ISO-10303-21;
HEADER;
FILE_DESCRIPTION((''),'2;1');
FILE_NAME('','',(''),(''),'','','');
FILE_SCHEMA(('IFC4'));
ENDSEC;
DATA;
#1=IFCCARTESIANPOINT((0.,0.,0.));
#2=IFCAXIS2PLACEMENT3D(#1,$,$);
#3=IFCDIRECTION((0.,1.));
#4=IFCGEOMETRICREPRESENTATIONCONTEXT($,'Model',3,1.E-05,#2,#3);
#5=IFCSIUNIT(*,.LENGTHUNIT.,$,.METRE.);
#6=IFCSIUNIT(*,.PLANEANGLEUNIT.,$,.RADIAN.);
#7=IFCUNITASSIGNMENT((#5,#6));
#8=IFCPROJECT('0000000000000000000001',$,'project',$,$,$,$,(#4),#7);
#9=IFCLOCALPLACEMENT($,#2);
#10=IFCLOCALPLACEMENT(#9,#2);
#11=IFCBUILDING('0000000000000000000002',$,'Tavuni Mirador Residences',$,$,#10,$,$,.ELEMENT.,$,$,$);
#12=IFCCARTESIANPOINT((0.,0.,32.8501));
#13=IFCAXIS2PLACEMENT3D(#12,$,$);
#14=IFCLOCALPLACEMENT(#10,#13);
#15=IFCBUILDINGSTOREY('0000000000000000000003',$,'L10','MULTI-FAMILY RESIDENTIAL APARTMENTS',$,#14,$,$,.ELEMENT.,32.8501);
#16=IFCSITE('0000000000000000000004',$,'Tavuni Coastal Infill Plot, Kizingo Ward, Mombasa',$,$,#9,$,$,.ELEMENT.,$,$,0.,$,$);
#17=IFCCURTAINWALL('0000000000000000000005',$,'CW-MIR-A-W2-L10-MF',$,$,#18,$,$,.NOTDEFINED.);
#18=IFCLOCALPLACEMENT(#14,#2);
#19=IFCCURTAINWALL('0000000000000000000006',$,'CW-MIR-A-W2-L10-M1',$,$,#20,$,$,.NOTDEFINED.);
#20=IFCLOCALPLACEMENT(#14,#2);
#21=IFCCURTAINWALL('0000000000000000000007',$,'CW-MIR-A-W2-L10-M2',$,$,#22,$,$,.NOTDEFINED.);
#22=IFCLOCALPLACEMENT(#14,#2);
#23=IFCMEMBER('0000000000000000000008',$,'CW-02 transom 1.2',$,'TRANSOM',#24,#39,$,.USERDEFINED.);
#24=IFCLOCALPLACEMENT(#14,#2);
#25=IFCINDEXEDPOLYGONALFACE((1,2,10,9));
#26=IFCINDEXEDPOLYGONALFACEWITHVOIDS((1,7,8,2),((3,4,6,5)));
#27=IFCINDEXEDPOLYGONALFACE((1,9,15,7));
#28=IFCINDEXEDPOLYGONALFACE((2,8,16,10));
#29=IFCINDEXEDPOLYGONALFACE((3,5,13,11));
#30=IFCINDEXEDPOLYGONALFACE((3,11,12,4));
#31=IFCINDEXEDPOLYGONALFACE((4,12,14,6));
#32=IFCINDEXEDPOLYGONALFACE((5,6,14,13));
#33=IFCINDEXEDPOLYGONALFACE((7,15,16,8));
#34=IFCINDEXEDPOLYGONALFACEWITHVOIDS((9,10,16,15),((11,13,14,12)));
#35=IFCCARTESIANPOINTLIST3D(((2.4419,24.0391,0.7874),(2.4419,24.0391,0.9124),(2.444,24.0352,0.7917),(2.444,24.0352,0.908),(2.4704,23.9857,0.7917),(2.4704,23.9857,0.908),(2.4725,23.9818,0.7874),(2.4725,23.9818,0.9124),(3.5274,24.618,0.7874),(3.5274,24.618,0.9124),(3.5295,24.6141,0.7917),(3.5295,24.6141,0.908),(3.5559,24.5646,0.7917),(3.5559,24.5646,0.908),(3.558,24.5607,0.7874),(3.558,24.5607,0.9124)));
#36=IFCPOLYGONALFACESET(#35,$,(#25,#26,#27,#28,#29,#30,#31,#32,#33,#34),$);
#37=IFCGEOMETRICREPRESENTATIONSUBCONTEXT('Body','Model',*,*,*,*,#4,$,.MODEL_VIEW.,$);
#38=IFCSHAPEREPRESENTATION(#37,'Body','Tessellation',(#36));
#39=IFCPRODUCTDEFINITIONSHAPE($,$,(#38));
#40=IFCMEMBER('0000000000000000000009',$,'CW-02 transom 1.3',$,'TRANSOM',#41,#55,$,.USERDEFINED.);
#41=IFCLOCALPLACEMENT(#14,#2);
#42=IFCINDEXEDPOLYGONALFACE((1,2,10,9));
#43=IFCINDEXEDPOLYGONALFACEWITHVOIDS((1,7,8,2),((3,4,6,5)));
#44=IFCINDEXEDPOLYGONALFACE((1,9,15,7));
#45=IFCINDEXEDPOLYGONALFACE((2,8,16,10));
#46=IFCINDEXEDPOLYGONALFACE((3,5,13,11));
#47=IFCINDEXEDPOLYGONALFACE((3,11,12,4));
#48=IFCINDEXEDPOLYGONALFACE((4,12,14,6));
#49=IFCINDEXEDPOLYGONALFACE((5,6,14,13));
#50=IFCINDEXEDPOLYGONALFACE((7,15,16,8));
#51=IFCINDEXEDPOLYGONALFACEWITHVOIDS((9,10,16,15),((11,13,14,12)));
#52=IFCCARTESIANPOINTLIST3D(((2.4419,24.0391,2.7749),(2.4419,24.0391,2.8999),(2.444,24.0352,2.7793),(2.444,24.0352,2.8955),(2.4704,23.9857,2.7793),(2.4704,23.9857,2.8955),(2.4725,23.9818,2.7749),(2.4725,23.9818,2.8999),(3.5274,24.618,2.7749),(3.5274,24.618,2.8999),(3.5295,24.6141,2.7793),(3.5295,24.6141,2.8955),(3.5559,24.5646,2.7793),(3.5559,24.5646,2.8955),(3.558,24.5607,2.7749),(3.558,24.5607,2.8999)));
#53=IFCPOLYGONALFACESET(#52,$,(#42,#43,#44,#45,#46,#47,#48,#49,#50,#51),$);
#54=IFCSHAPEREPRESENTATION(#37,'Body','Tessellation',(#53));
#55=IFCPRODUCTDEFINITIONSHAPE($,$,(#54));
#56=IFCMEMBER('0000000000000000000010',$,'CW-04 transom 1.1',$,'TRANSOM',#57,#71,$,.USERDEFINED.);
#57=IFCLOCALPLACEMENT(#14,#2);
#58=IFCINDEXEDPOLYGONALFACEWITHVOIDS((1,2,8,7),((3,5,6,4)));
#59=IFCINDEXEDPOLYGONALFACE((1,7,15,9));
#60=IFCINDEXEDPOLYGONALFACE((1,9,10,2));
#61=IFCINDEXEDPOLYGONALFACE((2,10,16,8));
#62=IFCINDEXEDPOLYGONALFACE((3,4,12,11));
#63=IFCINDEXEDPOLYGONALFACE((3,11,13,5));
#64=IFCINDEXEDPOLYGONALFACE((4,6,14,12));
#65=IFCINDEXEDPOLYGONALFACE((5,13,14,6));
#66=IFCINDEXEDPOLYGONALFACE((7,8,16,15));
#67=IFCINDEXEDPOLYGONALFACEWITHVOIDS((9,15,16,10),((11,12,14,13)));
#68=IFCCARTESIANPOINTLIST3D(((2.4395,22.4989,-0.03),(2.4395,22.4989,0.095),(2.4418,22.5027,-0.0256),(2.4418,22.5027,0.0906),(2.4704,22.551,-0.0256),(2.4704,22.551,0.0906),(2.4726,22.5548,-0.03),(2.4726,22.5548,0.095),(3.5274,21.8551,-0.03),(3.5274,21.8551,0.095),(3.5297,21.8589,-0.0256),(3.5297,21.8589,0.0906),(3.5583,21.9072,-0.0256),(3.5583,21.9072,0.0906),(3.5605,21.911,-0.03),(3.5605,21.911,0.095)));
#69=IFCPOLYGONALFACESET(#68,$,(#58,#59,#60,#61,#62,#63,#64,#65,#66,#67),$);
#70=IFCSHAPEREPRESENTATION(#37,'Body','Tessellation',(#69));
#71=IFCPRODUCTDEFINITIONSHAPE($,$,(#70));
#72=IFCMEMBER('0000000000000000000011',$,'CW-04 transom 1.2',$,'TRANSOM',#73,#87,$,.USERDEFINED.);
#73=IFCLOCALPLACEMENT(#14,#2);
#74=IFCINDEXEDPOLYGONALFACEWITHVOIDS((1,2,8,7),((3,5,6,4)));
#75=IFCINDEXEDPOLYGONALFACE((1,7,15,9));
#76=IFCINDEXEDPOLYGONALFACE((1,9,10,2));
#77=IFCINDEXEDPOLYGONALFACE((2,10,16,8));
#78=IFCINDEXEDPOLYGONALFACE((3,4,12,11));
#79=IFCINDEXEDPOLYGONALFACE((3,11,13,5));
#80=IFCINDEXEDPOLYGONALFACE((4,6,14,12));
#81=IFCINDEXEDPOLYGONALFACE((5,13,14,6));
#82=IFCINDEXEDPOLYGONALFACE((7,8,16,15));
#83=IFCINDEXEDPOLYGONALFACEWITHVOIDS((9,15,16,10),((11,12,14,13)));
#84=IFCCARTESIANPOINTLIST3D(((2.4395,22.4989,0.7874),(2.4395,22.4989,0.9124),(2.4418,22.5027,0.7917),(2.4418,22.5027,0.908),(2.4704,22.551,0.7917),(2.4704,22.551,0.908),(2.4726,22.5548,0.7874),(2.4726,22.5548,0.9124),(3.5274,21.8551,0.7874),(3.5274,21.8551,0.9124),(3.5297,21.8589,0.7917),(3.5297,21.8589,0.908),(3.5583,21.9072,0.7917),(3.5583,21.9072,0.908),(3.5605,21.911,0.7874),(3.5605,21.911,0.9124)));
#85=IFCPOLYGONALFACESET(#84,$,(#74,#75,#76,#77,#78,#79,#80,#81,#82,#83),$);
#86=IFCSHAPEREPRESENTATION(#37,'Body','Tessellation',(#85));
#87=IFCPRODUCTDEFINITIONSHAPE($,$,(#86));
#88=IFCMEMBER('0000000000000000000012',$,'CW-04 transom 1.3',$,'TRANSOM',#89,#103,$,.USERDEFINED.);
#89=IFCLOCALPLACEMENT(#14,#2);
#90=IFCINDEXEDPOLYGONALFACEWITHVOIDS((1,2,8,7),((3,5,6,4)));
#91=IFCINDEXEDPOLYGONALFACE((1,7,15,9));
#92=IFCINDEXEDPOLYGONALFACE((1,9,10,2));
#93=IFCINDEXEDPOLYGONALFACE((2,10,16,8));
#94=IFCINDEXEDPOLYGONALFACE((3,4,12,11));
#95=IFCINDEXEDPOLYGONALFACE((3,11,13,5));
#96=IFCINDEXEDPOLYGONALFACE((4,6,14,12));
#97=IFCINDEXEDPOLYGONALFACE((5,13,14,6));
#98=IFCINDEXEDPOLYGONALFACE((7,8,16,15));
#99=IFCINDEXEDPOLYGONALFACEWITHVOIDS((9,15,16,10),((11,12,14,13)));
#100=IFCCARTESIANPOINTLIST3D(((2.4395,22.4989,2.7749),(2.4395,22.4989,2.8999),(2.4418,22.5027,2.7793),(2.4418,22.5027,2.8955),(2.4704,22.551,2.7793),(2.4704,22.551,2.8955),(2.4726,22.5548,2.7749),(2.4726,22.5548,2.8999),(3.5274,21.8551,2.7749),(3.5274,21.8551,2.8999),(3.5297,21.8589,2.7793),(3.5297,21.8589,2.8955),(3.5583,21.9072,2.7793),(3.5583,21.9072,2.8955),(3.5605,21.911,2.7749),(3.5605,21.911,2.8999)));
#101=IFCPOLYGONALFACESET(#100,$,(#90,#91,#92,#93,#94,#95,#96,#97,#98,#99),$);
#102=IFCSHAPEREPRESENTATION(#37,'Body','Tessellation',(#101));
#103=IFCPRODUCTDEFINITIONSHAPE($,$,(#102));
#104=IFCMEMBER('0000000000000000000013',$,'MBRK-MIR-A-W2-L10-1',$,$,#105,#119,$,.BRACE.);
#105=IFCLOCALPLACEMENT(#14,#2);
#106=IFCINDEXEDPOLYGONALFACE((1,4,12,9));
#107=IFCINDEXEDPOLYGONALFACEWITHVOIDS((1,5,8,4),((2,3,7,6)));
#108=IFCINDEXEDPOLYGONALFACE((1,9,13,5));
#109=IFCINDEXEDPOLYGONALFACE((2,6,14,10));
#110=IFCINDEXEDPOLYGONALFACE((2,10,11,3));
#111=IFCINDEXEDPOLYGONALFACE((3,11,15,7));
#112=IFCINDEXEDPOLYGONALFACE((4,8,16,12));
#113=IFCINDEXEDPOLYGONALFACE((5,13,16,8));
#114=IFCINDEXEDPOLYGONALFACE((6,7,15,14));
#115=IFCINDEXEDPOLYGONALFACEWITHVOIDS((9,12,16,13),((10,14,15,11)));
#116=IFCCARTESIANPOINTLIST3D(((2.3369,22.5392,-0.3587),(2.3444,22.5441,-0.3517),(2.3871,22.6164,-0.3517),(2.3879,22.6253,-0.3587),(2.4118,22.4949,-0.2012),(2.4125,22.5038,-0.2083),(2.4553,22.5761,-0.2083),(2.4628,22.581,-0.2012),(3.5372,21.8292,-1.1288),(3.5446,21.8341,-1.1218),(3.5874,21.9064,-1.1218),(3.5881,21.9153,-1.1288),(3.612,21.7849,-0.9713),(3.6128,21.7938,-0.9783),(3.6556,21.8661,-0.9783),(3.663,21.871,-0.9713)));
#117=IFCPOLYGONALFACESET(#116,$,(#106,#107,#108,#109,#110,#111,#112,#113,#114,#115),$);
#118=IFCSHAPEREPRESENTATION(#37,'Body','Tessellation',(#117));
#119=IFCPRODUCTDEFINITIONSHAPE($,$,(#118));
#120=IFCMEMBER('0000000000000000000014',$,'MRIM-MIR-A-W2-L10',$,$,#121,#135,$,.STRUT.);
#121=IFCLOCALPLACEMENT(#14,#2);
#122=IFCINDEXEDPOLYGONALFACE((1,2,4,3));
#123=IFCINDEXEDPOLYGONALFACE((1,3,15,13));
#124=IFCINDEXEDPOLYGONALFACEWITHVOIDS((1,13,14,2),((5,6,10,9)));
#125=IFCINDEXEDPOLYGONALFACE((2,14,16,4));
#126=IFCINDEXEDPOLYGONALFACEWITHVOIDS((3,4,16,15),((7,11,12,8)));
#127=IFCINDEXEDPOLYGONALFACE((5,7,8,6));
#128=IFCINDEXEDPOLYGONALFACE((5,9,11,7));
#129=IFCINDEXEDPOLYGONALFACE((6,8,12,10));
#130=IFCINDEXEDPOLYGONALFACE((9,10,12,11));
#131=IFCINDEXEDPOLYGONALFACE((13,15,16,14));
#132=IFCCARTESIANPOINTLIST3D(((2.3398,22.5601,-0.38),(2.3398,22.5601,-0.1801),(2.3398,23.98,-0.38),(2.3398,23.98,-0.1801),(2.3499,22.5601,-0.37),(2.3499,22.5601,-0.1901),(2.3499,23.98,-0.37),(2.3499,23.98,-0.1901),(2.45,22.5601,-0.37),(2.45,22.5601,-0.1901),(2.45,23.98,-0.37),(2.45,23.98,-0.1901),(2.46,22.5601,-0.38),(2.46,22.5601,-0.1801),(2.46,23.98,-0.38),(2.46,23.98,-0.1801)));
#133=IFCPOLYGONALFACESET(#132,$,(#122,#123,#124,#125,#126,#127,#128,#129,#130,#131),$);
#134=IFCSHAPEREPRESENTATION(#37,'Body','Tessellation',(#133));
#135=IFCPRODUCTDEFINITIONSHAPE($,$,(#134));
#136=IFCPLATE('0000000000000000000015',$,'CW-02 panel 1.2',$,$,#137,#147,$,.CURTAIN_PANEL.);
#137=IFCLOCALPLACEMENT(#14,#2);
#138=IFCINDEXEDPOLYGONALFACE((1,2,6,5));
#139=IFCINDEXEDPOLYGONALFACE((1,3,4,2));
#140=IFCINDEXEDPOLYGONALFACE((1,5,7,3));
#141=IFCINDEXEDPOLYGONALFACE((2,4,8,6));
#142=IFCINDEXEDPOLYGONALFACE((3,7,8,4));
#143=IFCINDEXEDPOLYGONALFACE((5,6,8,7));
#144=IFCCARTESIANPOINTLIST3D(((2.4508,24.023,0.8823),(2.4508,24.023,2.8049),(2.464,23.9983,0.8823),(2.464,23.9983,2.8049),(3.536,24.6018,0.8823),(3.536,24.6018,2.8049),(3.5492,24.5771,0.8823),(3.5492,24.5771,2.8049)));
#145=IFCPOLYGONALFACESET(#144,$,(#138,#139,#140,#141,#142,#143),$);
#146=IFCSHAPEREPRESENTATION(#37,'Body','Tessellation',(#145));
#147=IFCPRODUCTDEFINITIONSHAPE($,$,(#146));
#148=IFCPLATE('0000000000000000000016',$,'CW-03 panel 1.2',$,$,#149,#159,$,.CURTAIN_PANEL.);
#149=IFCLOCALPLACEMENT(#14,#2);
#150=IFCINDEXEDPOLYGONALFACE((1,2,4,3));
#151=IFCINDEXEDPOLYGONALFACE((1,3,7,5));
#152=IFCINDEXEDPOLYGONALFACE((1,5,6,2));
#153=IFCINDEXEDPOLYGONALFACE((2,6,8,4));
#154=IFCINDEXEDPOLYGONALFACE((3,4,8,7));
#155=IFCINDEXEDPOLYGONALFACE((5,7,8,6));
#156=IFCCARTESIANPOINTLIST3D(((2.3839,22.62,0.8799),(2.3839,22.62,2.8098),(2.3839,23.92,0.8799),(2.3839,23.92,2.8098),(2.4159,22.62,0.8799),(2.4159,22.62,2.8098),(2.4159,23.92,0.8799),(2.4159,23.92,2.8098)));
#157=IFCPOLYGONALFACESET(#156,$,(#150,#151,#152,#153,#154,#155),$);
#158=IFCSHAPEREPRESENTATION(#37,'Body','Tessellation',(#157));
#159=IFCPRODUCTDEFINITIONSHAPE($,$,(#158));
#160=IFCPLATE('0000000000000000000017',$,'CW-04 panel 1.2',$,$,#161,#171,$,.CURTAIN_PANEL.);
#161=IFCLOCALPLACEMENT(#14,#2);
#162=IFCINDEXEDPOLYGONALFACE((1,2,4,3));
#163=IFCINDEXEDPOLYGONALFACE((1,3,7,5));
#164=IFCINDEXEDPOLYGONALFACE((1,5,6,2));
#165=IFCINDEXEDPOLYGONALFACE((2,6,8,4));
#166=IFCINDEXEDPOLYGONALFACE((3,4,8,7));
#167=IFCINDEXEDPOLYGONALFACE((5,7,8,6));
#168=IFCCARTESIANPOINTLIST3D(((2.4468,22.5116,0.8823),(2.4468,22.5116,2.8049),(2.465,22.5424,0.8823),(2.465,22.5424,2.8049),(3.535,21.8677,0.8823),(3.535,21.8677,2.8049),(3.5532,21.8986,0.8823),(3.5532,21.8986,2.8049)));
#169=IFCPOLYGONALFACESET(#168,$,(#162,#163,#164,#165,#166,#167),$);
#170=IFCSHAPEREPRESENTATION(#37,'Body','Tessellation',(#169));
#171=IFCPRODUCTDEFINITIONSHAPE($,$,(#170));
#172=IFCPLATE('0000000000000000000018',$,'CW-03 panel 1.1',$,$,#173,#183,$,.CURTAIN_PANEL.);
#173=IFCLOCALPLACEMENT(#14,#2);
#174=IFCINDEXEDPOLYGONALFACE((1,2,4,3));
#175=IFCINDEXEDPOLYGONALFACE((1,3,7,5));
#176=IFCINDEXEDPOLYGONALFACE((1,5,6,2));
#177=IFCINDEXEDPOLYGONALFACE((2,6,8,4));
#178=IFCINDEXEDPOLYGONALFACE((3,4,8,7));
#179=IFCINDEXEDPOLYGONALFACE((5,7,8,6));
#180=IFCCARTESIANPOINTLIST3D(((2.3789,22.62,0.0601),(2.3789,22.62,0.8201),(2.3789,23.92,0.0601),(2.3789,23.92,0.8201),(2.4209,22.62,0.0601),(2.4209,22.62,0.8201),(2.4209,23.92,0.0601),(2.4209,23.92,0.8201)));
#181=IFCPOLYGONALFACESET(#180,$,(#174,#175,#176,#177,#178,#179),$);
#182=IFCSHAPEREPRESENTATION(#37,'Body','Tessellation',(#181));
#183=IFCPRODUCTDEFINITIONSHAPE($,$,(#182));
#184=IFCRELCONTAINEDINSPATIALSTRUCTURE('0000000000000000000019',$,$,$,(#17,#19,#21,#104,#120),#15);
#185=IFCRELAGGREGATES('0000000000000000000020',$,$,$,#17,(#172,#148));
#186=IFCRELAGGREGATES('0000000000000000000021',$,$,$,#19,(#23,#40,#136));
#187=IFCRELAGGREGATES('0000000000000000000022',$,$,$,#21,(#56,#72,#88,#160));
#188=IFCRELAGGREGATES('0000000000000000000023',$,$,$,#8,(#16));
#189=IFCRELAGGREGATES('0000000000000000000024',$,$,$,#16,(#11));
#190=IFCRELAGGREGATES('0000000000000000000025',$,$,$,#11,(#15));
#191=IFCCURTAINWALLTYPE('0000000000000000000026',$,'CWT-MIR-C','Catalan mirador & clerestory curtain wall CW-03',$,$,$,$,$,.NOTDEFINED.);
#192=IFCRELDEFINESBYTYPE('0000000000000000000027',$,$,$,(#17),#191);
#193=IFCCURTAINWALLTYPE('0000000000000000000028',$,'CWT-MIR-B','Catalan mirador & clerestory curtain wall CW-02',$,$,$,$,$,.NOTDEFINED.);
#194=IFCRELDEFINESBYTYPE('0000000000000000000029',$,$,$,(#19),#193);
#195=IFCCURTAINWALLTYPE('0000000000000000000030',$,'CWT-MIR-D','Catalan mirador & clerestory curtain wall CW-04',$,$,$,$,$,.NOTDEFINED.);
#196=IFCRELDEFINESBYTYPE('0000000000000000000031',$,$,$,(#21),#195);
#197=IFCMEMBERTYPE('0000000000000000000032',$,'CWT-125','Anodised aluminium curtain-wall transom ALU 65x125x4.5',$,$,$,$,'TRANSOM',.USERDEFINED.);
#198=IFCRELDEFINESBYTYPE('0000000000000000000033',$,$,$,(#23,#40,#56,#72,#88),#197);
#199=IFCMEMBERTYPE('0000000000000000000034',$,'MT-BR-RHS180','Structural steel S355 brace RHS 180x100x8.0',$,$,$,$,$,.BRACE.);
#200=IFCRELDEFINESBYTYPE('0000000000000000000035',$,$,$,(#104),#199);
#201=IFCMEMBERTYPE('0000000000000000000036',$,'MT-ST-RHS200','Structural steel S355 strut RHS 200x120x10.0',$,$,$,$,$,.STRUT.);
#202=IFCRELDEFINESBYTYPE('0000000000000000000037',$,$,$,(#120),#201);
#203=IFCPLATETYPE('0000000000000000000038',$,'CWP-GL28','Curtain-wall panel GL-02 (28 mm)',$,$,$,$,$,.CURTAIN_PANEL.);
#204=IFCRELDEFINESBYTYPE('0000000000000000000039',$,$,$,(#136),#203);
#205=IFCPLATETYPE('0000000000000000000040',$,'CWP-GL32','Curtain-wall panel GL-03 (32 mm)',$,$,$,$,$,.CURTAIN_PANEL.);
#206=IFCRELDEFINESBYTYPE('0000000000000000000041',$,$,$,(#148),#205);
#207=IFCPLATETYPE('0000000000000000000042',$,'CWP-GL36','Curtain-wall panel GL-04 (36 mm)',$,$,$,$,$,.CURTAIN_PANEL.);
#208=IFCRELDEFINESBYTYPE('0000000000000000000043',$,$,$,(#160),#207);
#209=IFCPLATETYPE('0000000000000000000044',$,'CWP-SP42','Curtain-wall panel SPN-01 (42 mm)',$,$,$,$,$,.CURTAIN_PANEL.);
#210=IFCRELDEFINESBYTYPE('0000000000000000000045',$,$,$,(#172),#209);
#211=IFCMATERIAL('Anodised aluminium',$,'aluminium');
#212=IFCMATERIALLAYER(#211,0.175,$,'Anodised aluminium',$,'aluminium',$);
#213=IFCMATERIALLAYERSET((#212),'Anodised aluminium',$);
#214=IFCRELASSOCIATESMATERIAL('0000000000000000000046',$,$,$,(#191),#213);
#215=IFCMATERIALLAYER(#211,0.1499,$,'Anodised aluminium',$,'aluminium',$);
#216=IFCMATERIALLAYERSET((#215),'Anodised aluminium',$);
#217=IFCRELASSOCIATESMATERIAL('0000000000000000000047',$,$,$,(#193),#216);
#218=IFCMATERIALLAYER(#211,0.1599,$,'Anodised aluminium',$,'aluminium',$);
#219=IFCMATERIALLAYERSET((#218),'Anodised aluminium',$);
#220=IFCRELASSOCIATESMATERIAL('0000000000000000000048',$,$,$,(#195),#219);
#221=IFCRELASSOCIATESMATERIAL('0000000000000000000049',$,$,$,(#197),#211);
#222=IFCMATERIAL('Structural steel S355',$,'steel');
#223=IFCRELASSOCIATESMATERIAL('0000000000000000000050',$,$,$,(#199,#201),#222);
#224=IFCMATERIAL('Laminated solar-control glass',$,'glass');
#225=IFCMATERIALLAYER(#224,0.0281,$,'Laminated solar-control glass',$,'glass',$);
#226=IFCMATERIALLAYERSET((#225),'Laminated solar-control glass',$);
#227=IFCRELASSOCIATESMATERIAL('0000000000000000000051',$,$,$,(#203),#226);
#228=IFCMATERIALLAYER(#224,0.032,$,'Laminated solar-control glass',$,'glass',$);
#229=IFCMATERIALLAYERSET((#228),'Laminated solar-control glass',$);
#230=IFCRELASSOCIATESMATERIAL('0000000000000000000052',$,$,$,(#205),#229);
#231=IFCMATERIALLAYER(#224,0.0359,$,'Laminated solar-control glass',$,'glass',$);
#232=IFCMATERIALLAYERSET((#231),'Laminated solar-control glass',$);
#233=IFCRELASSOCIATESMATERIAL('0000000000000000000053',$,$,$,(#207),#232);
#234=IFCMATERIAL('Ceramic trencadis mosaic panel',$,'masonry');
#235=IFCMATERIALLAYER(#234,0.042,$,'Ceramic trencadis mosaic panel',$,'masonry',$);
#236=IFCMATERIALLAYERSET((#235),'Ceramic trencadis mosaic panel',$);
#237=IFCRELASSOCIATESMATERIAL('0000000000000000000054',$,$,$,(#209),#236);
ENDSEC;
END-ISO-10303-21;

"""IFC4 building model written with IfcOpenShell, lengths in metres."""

from ifc_helpers import new_model, si_unit, direction, frame, origin, origin_2d, place, context, subcontext, project, spatial, rectangle, hollow_rectangle, extrude, material, layer, layer_set, material_profile, profile_set, type_object, element, aggregate, save


model = new_model("IFC4")

# Units and contexts
model_context = context("Model", 3, precision=1e-05, world=origin(), true_north=direction((0.0, 1.0)))
body_context = subcontext(model_context, "Body", "Model", "MODEL_VIEW")
ifc_project = project(units=[si_unit("LENGTHUNIT", "METRE"), si_unit("PLANEANGLEUNIT", "RADIAN")], contexts=[model_context])

# Site, building, storey
site_placement = place(None, origin())
site = spatial("IfcSite", under=ifc_project, at=site_placement, Name="Tavuni Coastal Infill Plot, Kizingo Ward, Mombasa", CompositionType="ELEMENT", RefElevation=0.0)
building_placement = place(site_placement, origin())
building = spatial("IfcBuilding", under=site, at=building_placement, Name="Tavuni Mirador Residences", CompositionType="ELEMENT")
storey_placement = place(building_placement, frame((0.0, 0.0, 32.8501)))
storey = spatial("IfcBuildingStorey", under=building, at=storey_placement, Name="L10", Description="MULTI-FAMILY RESIDENTIAL APARTMENTS", CompositionType="ELEMENT", Elevation=32.8501)

# Curtain walls
ifc_material_1 = material(Name="Anodised aluminium", Category="aluminium")
ifc_layer_1 = layer(ifc_material_1, 0.175, Name="Anodised aluminium", Category="aluminium")
ifc_layer_set_1 = layer_set([ifc_layer_1], Name="Anodised aluminium")
curtain_wall_type_1 = type_object("IfcCurtainWallType", Name="CWT-MIR-C", Description="Catalan mirador & clerestory curtain wall CW-03", PredefinedType="NOTDEFINED", material=ifc_layer_set_1)
curtain_wall_1_placement = place(storey_placement, origin())
curtain_wall_1 = element("IfcCurtainWall", 1, at=curtain_wall_1_placement, inside=storey, type_object=curtain_wall_type_1, Name="CW-MIR-A-W2-L10-MF", PredefinedType="NOTDEFINED")
ifc_layer_2 = layer(ifc_material_1, 0.1499, Name="Anodised aluminium", Category="aluminium")
ifc_layer_set_2 = layer_set([ifc_layer_2], Name="Anodised aluminium")
curtain_wall_type_2 = type_object("IfcCurtainWallType", Name="CWT-MIR-B", Description="Catalan mirador & clerestory curtain wall CW-02", PredefinedType="NOTDEFINED", material=ifc_layer_set_2)
curtain_wall_2_placement = place(storey_placement, origin())
curtain_wall_2 = element("IfcCurtainWall", 2, at=curtain_wall_2_placement, inside=storey, type_object=curtain_wall_type_2, Name="CW-MIR-A-W2-L10-M1", PredefinedType="NOTDEFINED")
ifc_layer_3 = layer(ifc_material_1, 0.1599, Name="Anodised aluminium", Category="aluminium")
ifc_layer_set_3 = layer_set([ifc_layer_3], Name="Anodised aluminium")
curtain_wall_type_3 = type_object("IfcCurtainWallType", Name="CWT-MIR-D", Description="Catalan mirador & clerestory curtain wall CW-04", PredefinedType="NOTDEFINED", material=ifc_layer_set_3)
curtain_wall_3_placement = place(storey_placement, origin())
curtain_wall_3 = element("IfcCurtainWall", 3, at=curtain_wall_3_placement, inside=storey, type_object=curtain_wall_type_3, Name="CW-MIR-A-W2-L10-M2", PredefinedType="NOTDEFINED")

# Members
ifc_material_profile_1 = material_profile(ifc_material_1, hollow_rectangle(XDim=0.0649, YDim=0.125, WallThickness=0.0044, at=origin_2d()), Name="ALU 65x125x4.5", Category="aluminium")
ifc_profile_set_1 = profile_set([ifc_material_profile_1], Name="Anodised aluminium")
member_type_1 = type_object("IfcMemberType", Name="CWT-125", Description="Anodised aluminium curtain-wall transom ALU 65x125x4.5", ElementType="TRANSOM", PredefinedType="USERDEFINED", material=ifc_profile_set_1)
member_1_placement = place(storey_placement, frame((3.5427, 24.5894, 0.8499), z_axis=(-0.882369, -0.470557, 0.0), x_axis=(0.470557, -0.882369, 0.0)))
member_1 = element("IfcMember", 4, at=member_1_placement, type_object=member_type_1, Name="CW-02 transom 1.2", ObjectType="TRANSOM", PredefinedType="USERDEFINED", context=body_context, shape_type="SweptSolid", body=[
    extrude(hollow_rectangle(XDim=0.0649, YDim=0.125, WallThickness=0.0044, at=origin_2d()), origin(), (0.0, 0.0, 1.0), 1.2302),
])
member_2_placement = place(storey_placement, frame((3.5427, 24.5894, 2.8374), z_axis=(-0.882369, -0.470557, 0.0), x_axis=(0.470557, -0.882369, 0.0)))
member_2 = element("IfcMember", 5, at=member_2_placement, type_object=member_type_1, Name="CW-02 transom 1.3", ObjectType="TRANSOM", PredefinedType="USERDEFINED", context=body_context, shape_type="SweptSolid", body=[
    extrude(hollow_rectangle(XDim=0.0649, YDim=0.125, WallThickness=0.0044, at=origin_2d()), origin(), (0.0, 0.0, 1.0), 1.2302),
])
member_3_placement = place(storey_placement, frame((2.4561, 22.5269, 0.0325), z_axis=(0.860596, -0.509289, 0.0), x_axis=(0.509289, 0.860596, 0.0)))
member_3 = element("IfcMember", 6, at=member_3_placement, type_object=member_type_1, Name="CW-04 transom 1.1", ObjectType="TRANSOM", PredefinedType="USERDEFINED", context=body_context, shape_type="SweptSolid", body=[
    extrude(hollow_rectangle(XDim=0.0649, YDim=0.125, WallThickness=0.0044, at=origin_2d()), origin(), (0.0, 0.0, 1.0), 1.2642),
])
member_4_placement = place(storey_placement, frame((2.4561, 22.5269, 0.8499), z_axis=(0.860596, -0.509289, 0.0), x_axis=(0.509289, 0.860596, 0.0)))
member_4 = element("IfcMember", 7, at=member_4_placement, type_object=member_type_1, Name="CW-04 transom 1.2", ObjectType="TRANSOM", PredefinedType="USERDEFINED", context=body_context, shape_type="SweptSolid", body=[
    extrude(hollow_rectangle(XDim=0.0649, YDim=0.125, WallThickness=0.0044, at=origin_2d()), origin(), (0.0, 0.0, 1.0), 1.2642),
])
member_5_placement = place(storey_placement, frame((2.4561, 22.5269, 2.8374), z_axis=(0.860596, -0.509289, 0.0), x_axis=(0.509289, 0.860596, 0.0)))
member_5 = element("IfcMember", 8, at=member_5_placement, type_object=member_type_1, Name="CW-04 transom 1.3", ObjectType="TRANSOM", PredefinedType="USERDEFINED", context=body_context, shape_type="SweptSolid", body=[
    extrude(hollow_rectangle(XDim=0.0649, YDim=0.125, WallThickness=0.0044, at=origin_2d()), origin(), (0.0, 0.0, 1.0), 1.2642),
])

# Members
ifc_material_2 = material(Name="Structural steel S355", Category="steel")
ifc_material_profile_2 = material_profile(ifc_material_2, hollow_rectangle(XDim=0.1001, YDim=0.1799, WallThickness=0.0081, at=origin_2d()), Name="RHS 180x100x8.0", Category="steel")
ifc_profile_set_2 = profile_set([ifc_material_profile_2], Name="Structural steel S355")
member_type_2 = type_object("IfcMemberType", Name="MT-BR-RHS180", Description="Structural steel S355 brace RHS 180x100x8.0", PredefinedType="BRACE", material=ifc_profile_set_2)
member_6_placement = place(storey_placement, frame((3.6001, 21.8501, -1.05), z_axis=(-0.753449, 0.445693, 0.483397), x_axis=(-0.50913, -0.860689, 0.0)))
element("IfcMember", 9, at=member_6_placement, inside=storey, type_object=member_type_2, Name="MBRK-MIR-A-W2-L10-1", PredefinedType="BRACE", context=body_context, shape_type="SweptSolid", body=[
    extrude(hollow_rectangle(XDim=0.1001, YDim=0.1799, WallThickness=0.0081, at=origin_2d()), origin(), (0.0, 0.0, 1.0), 1.593),
])
ifc_material_profile_3 = material_profile(ifc_material_2, hollow_rectangle(XDim=0.1201, YDim=0.2, WallThickness=0.01, at=origin_2d()), Name="RHS 200x120x10.0", Category="steel")
ifc_profile_set_3 = profile_set([ifc_material_profile_3], Name="Structural steel S355")
member_type_3 = type_object("IfcMemberType", Name="MT-ST-RHS200", Description="Structural steel S355 strut RHS 200x120x10.0", PredefinedType="STRUT", material=ifc_profile_set_3)
member_7_placement = place(storey_placement, frame((2.3999, 22.5601, -0.28), z_axis=(0.0, 1.0, 0.0), x_axis=(-1.0, 0.0, 0.0)))
element("IfcMember", 10, at=member_7_placement, inside=storey, type_object=member_type_3, Name="MRIM-MIR-A-W2-L10", PredefinedType="STRUT", context=body_context, shape_type="SweptSolid", body=[
    extrude(hollow_rectangle(XDim=0.1201, YDim=0.2, WallThickness=0.01, at=origin_2d()), origin(), (0.0, 0.0, 1.0), 1.4199),
])

# Plates
ifc_material_3 = material(Name="Laminated solar-control glass", Category="glass")
ifc_layer_4 = layer(ifc_material_3, 0.0281, Name="Laminated solar-control glass", Category="glass")
ifc_layer_set_4 = layer_set([ifc_layer_4], Name="Laminated solar-control glass")
plate_type_1 = type_object("IfcPlateType", Name="CWP-GL28", Description="Curtain-wall panel GL-02 (28 mm)", PredefinedType="CURTAIN_PANEL", material=ifc_layer_set_4)
plate_1_placement = place(storey_placement, frame((3.0, 24.3, 0.8823), z_axis=(0.0, 0.0, 1.0), x_axis=(-0.882353, -0.470588, 0.0)))
plate_1 = element("IfcPlate", 11, at=plate_1_placement, type_object=plate_type_1, Name="CW-02 panel 1.2", PredefinedType="CURTAIN_PANEL", context=body_context, shape_type="SweptSolid", body=[
    extrude(rectangle(XDim=1.23, YDim=0.0281, at=origin_2d()), origin(), (0.0, 0.0, 1.0), 1.9226),
])
ifc_layer_5 = layer(ifc_material_3, 0.032, Name="Laminated solar-control glass", Category="glass")
ifc_layer_set_5 = layer_set([ifc_layer_5], Name="Laminated solar-control glass")
plate_type_2 = type_object("IfcPlateType", Name="CWP-GL32", Description="Curtain-wall panel GL-03 (32 mm)", PredefinedType="CURTAIN_PANEL", material=ifc_layer_set_5)
plate_2_placement = place(storey_placement, frame((2.3999, 23.27, 0.8799), z_axis=(0.0, 0.0, 1.0), x_axis=(0.0, -1.0, 0.0)))
plate_2 = element("IfcPlate", 12, at=plate_2_placement, type_object=plate_type_2, Name="CW-03 panel 1.2", PredefinedType="CURTAIN_PANEL", context=body_context, shape_type="SweptSolid", body=[
    extrude(rectangle(XDim=1.3, YDim=0.032, at=origin_2d()), origin(), (0.0, 0.0, 1.0), 1.9299),
])
ifc_layer_6 = layer(ifc_material_3, 0.0359, Name="Laminated solar-control glass", Category="glass")
ifc_layer_set_6 = layer_set([ifc_layer_6], Name="Laminated solar-control glass")
plate_type_3 = type_object("IfcPlateType", Name="CWP-GL36", Description="Curtain-wall panel GL-04 (36 mm)", PredefinedType="CURTAIN_PANEL", material=ifc_layer_set_6)
plate_3_placement = place(storey_placement, frame((3.0, 22.2051, 0.8823), z_axis=(0.0, 0.0, 1.0), x_axis=(0.860641, -0.509212, 0.0)))
plate_3 = element("IfcPlate", 13, at=plate_3_placement, type_object=plate_type_3, Name="CW-04 panel 1.2", PredefinedType="CURTAIN_PANEL", context=body_context, shape_type="SweptSolid", body=[
    extrude(rectangle(XDim=1.2644, YDim=0.0359, at=origin_2d()), origin(), (0.0, 0.0, 1.0), 1.9226),
])
ifc_material_4 = material(Name="Ceramic trencadis mosaic panel", Category="masonry")
ifc_layer_7 = layer(ifc_material_4, 0.042, Name="Ceramic trencadis mosaic panel", Category="masonry")
ifc_layer_set_7 = layer_set([ifc_layer_7], Name="Ceramic trencadis mosaic panel")
plate_type_4 = type_object("IfcPlateType", Name="CWP-SP42", Description="Curtain-wall panel SPN-01 (42 mm)", PredefinedType="CURTAIN_PANEL", material=ifc_layer_set_7)
plate_4_placement = place(storey_placement, frame((2.3999, 23.27, 0.0601), z_axis=(0.0, 0.0, 1.0), x_axis=(0.0, -1.0, 0.0)))
plate_4 = element("IfcPlate", 14, at=plate_4_placement, type_object=plate_type_4, Name="CW-03 panel 1.1", PredefinedType="CURTAIN_PANEL", context=body_context, shape_type="SweptSolid", body=[
    extrude(rectangle(XDim=1.3, YDim=0.042, at=origin_2d()), origin(), (0.0, 0.0, 1.0), 0.76),
])
aggregate(curtain_wall_1, [plate_4, plate_2])
aggregate(curtain_wall_2, [member_1, member_2, plate_1])
aggregate(curtain_wall_3, [member_3, member_4, member_5, plate_3])

save(model, "model.ifc")
